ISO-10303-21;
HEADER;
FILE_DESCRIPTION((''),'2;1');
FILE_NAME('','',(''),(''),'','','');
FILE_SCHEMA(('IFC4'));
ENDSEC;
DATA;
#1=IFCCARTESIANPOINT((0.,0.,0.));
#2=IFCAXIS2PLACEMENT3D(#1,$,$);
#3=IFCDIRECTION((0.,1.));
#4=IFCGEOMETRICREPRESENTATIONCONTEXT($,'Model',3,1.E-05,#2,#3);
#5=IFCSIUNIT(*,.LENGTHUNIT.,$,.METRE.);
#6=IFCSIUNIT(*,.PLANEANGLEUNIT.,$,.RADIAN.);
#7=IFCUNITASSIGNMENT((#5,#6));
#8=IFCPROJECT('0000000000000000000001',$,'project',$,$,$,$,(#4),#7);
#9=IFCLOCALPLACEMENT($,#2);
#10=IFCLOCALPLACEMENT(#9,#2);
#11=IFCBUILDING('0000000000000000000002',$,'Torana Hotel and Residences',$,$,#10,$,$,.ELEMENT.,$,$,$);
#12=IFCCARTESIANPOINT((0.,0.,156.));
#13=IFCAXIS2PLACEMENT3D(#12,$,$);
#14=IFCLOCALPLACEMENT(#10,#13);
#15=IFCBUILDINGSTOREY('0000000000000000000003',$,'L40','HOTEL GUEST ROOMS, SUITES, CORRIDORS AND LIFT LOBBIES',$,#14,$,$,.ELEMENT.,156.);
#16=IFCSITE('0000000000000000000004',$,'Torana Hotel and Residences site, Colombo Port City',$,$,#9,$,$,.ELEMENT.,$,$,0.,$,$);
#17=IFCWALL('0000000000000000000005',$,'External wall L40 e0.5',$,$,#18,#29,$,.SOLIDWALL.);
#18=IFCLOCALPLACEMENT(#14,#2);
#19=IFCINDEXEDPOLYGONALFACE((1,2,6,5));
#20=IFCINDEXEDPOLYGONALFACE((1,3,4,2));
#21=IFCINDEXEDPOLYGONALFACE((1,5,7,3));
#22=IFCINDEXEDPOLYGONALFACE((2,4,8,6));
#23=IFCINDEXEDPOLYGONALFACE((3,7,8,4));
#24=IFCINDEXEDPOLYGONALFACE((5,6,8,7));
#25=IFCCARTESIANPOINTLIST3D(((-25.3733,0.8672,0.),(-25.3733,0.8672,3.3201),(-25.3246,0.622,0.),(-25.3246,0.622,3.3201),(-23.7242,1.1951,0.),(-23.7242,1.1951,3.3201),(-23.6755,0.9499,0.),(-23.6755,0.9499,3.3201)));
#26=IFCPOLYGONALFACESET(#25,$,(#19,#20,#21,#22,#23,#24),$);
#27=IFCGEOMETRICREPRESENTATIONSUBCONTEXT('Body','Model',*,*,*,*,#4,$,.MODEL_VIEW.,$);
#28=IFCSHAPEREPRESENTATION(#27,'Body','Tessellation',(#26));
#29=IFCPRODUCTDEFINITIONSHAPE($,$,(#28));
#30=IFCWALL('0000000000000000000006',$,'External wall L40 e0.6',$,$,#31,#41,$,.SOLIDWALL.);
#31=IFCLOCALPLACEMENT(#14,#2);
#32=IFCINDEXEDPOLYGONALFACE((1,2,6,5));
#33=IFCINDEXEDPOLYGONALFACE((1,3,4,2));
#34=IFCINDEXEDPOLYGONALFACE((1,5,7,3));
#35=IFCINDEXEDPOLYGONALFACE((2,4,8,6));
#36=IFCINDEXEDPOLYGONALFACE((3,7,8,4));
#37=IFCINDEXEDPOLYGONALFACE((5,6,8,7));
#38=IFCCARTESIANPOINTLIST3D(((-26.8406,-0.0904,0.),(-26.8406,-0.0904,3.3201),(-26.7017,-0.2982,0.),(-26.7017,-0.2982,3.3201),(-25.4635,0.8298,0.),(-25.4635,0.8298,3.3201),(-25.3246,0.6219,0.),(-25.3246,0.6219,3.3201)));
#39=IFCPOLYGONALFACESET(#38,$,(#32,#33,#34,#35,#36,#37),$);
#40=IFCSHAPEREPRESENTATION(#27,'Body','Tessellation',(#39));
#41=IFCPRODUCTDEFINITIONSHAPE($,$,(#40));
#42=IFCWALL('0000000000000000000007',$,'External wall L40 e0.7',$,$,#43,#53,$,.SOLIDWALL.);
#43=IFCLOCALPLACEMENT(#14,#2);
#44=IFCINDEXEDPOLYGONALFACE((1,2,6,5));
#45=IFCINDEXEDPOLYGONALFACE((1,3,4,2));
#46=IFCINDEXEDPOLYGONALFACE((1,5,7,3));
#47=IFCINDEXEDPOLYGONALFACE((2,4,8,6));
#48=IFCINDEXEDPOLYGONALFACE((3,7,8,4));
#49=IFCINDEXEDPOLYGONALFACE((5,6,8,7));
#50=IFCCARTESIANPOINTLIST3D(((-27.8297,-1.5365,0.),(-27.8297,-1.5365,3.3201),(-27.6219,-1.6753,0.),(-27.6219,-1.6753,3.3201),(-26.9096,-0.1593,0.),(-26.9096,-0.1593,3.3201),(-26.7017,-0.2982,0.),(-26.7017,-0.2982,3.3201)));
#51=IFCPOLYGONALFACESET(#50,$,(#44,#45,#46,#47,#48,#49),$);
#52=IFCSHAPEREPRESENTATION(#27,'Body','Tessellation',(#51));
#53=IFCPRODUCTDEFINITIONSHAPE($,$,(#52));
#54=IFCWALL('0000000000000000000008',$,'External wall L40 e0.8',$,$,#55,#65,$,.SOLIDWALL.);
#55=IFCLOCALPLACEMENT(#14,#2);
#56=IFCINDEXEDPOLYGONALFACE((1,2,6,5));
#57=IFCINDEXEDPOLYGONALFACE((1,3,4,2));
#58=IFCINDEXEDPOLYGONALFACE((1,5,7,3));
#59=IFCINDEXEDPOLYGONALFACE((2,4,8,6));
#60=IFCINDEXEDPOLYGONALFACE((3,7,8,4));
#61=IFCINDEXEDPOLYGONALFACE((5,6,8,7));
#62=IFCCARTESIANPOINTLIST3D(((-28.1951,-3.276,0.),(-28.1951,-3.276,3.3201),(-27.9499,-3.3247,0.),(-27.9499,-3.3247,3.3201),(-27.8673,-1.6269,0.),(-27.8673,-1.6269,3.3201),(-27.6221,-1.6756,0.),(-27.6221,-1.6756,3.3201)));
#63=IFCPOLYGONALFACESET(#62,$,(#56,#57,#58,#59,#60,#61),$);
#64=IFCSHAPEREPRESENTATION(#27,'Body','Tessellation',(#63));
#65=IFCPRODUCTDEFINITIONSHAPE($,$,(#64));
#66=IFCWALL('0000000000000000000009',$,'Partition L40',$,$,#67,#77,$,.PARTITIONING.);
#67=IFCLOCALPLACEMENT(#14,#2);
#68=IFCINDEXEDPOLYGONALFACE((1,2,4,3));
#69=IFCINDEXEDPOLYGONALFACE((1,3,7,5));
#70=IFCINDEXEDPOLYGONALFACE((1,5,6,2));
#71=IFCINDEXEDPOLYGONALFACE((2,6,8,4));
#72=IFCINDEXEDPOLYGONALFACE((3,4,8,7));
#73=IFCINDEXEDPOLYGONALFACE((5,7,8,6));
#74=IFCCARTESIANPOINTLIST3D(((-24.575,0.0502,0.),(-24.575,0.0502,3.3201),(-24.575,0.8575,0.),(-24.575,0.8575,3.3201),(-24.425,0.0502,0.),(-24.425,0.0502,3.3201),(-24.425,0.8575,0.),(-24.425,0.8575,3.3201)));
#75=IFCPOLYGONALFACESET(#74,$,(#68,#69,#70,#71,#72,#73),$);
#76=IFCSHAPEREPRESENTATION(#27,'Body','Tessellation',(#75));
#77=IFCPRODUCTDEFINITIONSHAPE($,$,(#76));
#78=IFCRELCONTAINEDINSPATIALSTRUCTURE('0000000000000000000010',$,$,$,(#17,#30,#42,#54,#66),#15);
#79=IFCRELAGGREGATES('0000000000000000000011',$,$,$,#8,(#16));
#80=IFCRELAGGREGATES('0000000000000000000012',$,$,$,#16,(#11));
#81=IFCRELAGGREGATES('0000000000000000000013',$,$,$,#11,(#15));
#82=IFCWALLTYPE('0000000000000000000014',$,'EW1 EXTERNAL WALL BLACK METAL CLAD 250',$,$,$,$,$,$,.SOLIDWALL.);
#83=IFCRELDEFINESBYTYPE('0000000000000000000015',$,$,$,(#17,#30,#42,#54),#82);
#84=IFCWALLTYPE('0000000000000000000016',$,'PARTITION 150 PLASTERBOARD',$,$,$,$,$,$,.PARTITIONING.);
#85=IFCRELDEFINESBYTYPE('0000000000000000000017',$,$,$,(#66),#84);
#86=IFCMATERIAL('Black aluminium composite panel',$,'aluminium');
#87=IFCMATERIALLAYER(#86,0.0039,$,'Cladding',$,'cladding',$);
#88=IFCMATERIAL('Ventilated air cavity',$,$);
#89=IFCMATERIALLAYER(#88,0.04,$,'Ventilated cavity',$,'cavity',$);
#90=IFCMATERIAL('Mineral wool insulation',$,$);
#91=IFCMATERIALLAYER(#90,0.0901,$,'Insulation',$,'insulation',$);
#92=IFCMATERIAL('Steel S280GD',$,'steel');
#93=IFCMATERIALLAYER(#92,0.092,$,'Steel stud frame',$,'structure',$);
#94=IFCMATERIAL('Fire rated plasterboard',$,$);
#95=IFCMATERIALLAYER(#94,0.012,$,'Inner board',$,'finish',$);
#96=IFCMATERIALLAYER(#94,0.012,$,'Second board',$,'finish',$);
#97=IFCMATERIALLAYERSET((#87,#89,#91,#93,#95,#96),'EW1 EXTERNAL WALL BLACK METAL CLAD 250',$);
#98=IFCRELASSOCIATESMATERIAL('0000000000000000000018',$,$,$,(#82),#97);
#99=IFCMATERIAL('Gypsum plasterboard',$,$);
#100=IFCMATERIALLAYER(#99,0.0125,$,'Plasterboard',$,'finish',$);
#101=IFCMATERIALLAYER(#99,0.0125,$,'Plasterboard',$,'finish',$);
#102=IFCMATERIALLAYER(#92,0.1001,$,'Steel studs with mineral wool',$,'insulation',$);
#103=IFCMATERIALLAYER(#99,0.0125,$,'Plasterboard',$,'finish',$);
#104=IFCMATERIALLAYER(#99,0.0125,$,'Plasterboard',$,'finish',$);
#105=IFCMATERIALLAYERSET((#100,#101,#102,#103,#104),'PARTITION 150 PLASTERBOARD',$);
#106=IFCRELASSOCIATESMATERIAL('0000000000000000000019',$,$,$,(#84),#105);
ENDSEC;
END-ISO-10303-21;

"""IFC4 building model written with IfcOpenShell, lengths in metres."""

from ifc_helpers import new_model, si_unit, direction, frame, frame_2d, origin, place, context, subcontext, project, spatial, rectangle, extrude, material, layer, layer_set, type_object, element, save


model = new_model("IFC4")

# Units and contexts
model_context = context("Model", 3, precision=1e-05, world=origin(), true_north=direction((0.0, 1.0)))
body_context = subcontext(model_context, "Body", "Model", "MODEL_VIEW")
ifc_project = project(units=[si_unit("LENGTHUNIT", "METRE"), si_unit("PLANEANGLEUNIT", "RADIAN")], contexts=[model_context])

# Site, building, storey
site_placement = place(None, origin())
site = spatial("IfcSite", under=ifc_project, at=site_placement, Name="Torana Hotel and Residences site, Colombo Port City", CompositionType="ELEMENT", RefElevation=0.0)
building_placement = place(site_placement, origin())
building = spatial("IfcBuilding", under=site, at=building_placement, Name="Torana Hotel and Residences", CompositionType="ELEMENT")
storey_placement = place(building_placement, frame((0.0, 0.0, 156.0)))
storey = spatial("IfcBuildingStorey", under=building, at=storey_placement, Name="L40", Description="HOTEL GUEST ROOMS, SUITES, CORRIDORS AND LIFT LOBBIES", CompositionType="ELEMENT", Elevation=156.0)

# Walls
ifc_material_1 = material(Name="Black aluminium composite panel", Category="aluminium")
ifc_layer_1 = layer(ifc_material_1, 0.0039, Name="Cladding", Category="cladding")
ifc_material_2 = material(Name="Ventilated air cavity")
ifc_layer_2 = layer(ifc_material_2, 0.04, Name="Ventilated cavity", Category="cavity")
ifc_material_3 = material(Name="Mineral wool insulation")
ifc_layer_3 = layer(ifc_material_3, 0.0901, Name="Insulation", Category="insulation")
ifc_material_4 = material(Name="Steel S280GD", Category="steel")
ifc_layer_4 = layer(ifc_material_4, 0.092, Name="Steel stud frame", Category="structure")
ifc_material_5 = material(Name="Fire rated plasterboard")
ifc_layer_5 = layer(ifc_material_5, 0.012, Name="Inner board", Category="finish")
ifc_layer_6 = layer(ifc_material_5, 0.012, Name="Second board", Category="finish")
ifc_layer_set_1 = layer_set([ifc_layer_1, ifc_layer_2, ifc_layer_3, ifc_layer_4, ifc_layer_5, ifc_layer_6], Name="EW1 EXTERNAL WALL BLACK METAL CLAD 250")
wall_type_1 = type_object("IfcWallType", Name="EW1 EXTERNAL WALL BLACK METAL CLAD 250", PredefinedType="SOLIDWALL", material=ifc_layer_set_1)
wall_1_placement = place(storey_placement, frame((-23.6997, 1.0725, 0.0), z_axis=(0.0, 0.0, 1.0), x_axis=(-0.980803, -0.194999, 0.0)))
element("IfcWall", 1, at=wall_1_placement, inside=storey, type_object=wall_type_1, Name="External wall L40 e0.5", PredefinedType="SOLIDWALL", context=body_context, shape_type="SweptSolid", body=[
    extrude(rectangle(XDim=1.6814, YDim=0.25, at=frame_2d((0.8408, 0.0))), origin(), (0.0, 0.0, 1.0), 3.3201),
])
for number, where, z_axis, x_axis, name in (
    (2, (-25.394, 0.7258, 0.0), (0.0, 0.0, 1.0), (-0.831483, -0.55555, 0.0), "External wall L40 e0.6"),
    (3, (-26.8057, -0.2288, 0.0), (0.0, 0.0, 1.0), (-0.55555, -0.831483, 0.0), "External wall L40 e0.7"),
):
    element("IfcWall", number, at=place(storey_placement, frame(where, z_axis=z_axis, x_axis=x_axis)), inside=storey, type_object=wall_type_1, Name=name, PredefinedType="SOLIDWALL", context=body_context, shape_type="SweptSolid", body=[
        extrude(rectangle(XDim=1.6562, YDim=0.25, at=frame_2d((0.8281, 0.0))), origin(), (0.0, 0.0, 1.0), 3.3201),
    ])
wall_2_placement = place(storey_placement, frame((-27.7446, -1.6511, 0.0), z_axis=(0.0, 0.0, 1.0), x_axis=(-0.194999, -0.980803, 0.0)))
element("IfcWall", 4, at=wall_2_placement, inside=storey, type_object=wall_type_1, Name="External wall L40 e0.8", PredefinedType="SOLIDWALL", context=body_context, shape_type="SweptSolid", body=[
    extrude(rectangle(XDim=1.6814, YDim=0.25, at=frame_2d((0.8408, 0.0))), origin(), (0.0, 0.0, 1.0), 3.3201),
])

# Wall
ifc_material_6 = material(Name="Gypsum plasterboard")
ifc_layer_7 = layer(ifc_material_6, 0.0125, Name="Plasterboard", Category="finish")
ifc_layer_8 = layer(ifc_material_6, 0.0125, Name="Plasterboard", Category="finish")
ifc_layer_9 = layer(ifc_material_4, 0.1001, Name="Steel studs with mineral wool", Category="insulation")
ifc_layer_10 = layer(ifc_material_6, 0.0125, Name="Plasterboard", Category="finish")
ifc_layer_11 = layer(ifc_material_6, 0.0125, Name="Plasterboard", Category="finish")
ifc_layer_set_2 = layer_set([ifc_layer_7, ifc_layer_8, ifc_layer_9, ifc_layer_10, ifc_layer_11], Name="PARTITION 150 PLASTERBOARD")
wall_type_2 = type_object("IfcWallType", Name="PARTITION 150 PLASTERBOARD", PredefinedType="PARTITIONING", material=ifc_layer_set_2)
wall_3_placement = place(storey_placement, frame((-24.5, 0.05, 0.0), z_axis=(0.0, 0.0, 1.0), x_axis=(0.0, 1.0, 0.0)))
element("IfcWall", 5, at=wall_3_placement, inside=storey, type_object=wall_type_2, Name="Partition L40", PredefinedType="PARTITIONING", context=body_context, shape_type="SweptSolid", body=[
    extrude(rectangle(XDim=0.8074, YDim=0.1499, at=frame_2d((0.4038, 0.0))), origin(), (0.0, 0.0, 1.0), 3.3201),
])

save(model, "model.ifc")
